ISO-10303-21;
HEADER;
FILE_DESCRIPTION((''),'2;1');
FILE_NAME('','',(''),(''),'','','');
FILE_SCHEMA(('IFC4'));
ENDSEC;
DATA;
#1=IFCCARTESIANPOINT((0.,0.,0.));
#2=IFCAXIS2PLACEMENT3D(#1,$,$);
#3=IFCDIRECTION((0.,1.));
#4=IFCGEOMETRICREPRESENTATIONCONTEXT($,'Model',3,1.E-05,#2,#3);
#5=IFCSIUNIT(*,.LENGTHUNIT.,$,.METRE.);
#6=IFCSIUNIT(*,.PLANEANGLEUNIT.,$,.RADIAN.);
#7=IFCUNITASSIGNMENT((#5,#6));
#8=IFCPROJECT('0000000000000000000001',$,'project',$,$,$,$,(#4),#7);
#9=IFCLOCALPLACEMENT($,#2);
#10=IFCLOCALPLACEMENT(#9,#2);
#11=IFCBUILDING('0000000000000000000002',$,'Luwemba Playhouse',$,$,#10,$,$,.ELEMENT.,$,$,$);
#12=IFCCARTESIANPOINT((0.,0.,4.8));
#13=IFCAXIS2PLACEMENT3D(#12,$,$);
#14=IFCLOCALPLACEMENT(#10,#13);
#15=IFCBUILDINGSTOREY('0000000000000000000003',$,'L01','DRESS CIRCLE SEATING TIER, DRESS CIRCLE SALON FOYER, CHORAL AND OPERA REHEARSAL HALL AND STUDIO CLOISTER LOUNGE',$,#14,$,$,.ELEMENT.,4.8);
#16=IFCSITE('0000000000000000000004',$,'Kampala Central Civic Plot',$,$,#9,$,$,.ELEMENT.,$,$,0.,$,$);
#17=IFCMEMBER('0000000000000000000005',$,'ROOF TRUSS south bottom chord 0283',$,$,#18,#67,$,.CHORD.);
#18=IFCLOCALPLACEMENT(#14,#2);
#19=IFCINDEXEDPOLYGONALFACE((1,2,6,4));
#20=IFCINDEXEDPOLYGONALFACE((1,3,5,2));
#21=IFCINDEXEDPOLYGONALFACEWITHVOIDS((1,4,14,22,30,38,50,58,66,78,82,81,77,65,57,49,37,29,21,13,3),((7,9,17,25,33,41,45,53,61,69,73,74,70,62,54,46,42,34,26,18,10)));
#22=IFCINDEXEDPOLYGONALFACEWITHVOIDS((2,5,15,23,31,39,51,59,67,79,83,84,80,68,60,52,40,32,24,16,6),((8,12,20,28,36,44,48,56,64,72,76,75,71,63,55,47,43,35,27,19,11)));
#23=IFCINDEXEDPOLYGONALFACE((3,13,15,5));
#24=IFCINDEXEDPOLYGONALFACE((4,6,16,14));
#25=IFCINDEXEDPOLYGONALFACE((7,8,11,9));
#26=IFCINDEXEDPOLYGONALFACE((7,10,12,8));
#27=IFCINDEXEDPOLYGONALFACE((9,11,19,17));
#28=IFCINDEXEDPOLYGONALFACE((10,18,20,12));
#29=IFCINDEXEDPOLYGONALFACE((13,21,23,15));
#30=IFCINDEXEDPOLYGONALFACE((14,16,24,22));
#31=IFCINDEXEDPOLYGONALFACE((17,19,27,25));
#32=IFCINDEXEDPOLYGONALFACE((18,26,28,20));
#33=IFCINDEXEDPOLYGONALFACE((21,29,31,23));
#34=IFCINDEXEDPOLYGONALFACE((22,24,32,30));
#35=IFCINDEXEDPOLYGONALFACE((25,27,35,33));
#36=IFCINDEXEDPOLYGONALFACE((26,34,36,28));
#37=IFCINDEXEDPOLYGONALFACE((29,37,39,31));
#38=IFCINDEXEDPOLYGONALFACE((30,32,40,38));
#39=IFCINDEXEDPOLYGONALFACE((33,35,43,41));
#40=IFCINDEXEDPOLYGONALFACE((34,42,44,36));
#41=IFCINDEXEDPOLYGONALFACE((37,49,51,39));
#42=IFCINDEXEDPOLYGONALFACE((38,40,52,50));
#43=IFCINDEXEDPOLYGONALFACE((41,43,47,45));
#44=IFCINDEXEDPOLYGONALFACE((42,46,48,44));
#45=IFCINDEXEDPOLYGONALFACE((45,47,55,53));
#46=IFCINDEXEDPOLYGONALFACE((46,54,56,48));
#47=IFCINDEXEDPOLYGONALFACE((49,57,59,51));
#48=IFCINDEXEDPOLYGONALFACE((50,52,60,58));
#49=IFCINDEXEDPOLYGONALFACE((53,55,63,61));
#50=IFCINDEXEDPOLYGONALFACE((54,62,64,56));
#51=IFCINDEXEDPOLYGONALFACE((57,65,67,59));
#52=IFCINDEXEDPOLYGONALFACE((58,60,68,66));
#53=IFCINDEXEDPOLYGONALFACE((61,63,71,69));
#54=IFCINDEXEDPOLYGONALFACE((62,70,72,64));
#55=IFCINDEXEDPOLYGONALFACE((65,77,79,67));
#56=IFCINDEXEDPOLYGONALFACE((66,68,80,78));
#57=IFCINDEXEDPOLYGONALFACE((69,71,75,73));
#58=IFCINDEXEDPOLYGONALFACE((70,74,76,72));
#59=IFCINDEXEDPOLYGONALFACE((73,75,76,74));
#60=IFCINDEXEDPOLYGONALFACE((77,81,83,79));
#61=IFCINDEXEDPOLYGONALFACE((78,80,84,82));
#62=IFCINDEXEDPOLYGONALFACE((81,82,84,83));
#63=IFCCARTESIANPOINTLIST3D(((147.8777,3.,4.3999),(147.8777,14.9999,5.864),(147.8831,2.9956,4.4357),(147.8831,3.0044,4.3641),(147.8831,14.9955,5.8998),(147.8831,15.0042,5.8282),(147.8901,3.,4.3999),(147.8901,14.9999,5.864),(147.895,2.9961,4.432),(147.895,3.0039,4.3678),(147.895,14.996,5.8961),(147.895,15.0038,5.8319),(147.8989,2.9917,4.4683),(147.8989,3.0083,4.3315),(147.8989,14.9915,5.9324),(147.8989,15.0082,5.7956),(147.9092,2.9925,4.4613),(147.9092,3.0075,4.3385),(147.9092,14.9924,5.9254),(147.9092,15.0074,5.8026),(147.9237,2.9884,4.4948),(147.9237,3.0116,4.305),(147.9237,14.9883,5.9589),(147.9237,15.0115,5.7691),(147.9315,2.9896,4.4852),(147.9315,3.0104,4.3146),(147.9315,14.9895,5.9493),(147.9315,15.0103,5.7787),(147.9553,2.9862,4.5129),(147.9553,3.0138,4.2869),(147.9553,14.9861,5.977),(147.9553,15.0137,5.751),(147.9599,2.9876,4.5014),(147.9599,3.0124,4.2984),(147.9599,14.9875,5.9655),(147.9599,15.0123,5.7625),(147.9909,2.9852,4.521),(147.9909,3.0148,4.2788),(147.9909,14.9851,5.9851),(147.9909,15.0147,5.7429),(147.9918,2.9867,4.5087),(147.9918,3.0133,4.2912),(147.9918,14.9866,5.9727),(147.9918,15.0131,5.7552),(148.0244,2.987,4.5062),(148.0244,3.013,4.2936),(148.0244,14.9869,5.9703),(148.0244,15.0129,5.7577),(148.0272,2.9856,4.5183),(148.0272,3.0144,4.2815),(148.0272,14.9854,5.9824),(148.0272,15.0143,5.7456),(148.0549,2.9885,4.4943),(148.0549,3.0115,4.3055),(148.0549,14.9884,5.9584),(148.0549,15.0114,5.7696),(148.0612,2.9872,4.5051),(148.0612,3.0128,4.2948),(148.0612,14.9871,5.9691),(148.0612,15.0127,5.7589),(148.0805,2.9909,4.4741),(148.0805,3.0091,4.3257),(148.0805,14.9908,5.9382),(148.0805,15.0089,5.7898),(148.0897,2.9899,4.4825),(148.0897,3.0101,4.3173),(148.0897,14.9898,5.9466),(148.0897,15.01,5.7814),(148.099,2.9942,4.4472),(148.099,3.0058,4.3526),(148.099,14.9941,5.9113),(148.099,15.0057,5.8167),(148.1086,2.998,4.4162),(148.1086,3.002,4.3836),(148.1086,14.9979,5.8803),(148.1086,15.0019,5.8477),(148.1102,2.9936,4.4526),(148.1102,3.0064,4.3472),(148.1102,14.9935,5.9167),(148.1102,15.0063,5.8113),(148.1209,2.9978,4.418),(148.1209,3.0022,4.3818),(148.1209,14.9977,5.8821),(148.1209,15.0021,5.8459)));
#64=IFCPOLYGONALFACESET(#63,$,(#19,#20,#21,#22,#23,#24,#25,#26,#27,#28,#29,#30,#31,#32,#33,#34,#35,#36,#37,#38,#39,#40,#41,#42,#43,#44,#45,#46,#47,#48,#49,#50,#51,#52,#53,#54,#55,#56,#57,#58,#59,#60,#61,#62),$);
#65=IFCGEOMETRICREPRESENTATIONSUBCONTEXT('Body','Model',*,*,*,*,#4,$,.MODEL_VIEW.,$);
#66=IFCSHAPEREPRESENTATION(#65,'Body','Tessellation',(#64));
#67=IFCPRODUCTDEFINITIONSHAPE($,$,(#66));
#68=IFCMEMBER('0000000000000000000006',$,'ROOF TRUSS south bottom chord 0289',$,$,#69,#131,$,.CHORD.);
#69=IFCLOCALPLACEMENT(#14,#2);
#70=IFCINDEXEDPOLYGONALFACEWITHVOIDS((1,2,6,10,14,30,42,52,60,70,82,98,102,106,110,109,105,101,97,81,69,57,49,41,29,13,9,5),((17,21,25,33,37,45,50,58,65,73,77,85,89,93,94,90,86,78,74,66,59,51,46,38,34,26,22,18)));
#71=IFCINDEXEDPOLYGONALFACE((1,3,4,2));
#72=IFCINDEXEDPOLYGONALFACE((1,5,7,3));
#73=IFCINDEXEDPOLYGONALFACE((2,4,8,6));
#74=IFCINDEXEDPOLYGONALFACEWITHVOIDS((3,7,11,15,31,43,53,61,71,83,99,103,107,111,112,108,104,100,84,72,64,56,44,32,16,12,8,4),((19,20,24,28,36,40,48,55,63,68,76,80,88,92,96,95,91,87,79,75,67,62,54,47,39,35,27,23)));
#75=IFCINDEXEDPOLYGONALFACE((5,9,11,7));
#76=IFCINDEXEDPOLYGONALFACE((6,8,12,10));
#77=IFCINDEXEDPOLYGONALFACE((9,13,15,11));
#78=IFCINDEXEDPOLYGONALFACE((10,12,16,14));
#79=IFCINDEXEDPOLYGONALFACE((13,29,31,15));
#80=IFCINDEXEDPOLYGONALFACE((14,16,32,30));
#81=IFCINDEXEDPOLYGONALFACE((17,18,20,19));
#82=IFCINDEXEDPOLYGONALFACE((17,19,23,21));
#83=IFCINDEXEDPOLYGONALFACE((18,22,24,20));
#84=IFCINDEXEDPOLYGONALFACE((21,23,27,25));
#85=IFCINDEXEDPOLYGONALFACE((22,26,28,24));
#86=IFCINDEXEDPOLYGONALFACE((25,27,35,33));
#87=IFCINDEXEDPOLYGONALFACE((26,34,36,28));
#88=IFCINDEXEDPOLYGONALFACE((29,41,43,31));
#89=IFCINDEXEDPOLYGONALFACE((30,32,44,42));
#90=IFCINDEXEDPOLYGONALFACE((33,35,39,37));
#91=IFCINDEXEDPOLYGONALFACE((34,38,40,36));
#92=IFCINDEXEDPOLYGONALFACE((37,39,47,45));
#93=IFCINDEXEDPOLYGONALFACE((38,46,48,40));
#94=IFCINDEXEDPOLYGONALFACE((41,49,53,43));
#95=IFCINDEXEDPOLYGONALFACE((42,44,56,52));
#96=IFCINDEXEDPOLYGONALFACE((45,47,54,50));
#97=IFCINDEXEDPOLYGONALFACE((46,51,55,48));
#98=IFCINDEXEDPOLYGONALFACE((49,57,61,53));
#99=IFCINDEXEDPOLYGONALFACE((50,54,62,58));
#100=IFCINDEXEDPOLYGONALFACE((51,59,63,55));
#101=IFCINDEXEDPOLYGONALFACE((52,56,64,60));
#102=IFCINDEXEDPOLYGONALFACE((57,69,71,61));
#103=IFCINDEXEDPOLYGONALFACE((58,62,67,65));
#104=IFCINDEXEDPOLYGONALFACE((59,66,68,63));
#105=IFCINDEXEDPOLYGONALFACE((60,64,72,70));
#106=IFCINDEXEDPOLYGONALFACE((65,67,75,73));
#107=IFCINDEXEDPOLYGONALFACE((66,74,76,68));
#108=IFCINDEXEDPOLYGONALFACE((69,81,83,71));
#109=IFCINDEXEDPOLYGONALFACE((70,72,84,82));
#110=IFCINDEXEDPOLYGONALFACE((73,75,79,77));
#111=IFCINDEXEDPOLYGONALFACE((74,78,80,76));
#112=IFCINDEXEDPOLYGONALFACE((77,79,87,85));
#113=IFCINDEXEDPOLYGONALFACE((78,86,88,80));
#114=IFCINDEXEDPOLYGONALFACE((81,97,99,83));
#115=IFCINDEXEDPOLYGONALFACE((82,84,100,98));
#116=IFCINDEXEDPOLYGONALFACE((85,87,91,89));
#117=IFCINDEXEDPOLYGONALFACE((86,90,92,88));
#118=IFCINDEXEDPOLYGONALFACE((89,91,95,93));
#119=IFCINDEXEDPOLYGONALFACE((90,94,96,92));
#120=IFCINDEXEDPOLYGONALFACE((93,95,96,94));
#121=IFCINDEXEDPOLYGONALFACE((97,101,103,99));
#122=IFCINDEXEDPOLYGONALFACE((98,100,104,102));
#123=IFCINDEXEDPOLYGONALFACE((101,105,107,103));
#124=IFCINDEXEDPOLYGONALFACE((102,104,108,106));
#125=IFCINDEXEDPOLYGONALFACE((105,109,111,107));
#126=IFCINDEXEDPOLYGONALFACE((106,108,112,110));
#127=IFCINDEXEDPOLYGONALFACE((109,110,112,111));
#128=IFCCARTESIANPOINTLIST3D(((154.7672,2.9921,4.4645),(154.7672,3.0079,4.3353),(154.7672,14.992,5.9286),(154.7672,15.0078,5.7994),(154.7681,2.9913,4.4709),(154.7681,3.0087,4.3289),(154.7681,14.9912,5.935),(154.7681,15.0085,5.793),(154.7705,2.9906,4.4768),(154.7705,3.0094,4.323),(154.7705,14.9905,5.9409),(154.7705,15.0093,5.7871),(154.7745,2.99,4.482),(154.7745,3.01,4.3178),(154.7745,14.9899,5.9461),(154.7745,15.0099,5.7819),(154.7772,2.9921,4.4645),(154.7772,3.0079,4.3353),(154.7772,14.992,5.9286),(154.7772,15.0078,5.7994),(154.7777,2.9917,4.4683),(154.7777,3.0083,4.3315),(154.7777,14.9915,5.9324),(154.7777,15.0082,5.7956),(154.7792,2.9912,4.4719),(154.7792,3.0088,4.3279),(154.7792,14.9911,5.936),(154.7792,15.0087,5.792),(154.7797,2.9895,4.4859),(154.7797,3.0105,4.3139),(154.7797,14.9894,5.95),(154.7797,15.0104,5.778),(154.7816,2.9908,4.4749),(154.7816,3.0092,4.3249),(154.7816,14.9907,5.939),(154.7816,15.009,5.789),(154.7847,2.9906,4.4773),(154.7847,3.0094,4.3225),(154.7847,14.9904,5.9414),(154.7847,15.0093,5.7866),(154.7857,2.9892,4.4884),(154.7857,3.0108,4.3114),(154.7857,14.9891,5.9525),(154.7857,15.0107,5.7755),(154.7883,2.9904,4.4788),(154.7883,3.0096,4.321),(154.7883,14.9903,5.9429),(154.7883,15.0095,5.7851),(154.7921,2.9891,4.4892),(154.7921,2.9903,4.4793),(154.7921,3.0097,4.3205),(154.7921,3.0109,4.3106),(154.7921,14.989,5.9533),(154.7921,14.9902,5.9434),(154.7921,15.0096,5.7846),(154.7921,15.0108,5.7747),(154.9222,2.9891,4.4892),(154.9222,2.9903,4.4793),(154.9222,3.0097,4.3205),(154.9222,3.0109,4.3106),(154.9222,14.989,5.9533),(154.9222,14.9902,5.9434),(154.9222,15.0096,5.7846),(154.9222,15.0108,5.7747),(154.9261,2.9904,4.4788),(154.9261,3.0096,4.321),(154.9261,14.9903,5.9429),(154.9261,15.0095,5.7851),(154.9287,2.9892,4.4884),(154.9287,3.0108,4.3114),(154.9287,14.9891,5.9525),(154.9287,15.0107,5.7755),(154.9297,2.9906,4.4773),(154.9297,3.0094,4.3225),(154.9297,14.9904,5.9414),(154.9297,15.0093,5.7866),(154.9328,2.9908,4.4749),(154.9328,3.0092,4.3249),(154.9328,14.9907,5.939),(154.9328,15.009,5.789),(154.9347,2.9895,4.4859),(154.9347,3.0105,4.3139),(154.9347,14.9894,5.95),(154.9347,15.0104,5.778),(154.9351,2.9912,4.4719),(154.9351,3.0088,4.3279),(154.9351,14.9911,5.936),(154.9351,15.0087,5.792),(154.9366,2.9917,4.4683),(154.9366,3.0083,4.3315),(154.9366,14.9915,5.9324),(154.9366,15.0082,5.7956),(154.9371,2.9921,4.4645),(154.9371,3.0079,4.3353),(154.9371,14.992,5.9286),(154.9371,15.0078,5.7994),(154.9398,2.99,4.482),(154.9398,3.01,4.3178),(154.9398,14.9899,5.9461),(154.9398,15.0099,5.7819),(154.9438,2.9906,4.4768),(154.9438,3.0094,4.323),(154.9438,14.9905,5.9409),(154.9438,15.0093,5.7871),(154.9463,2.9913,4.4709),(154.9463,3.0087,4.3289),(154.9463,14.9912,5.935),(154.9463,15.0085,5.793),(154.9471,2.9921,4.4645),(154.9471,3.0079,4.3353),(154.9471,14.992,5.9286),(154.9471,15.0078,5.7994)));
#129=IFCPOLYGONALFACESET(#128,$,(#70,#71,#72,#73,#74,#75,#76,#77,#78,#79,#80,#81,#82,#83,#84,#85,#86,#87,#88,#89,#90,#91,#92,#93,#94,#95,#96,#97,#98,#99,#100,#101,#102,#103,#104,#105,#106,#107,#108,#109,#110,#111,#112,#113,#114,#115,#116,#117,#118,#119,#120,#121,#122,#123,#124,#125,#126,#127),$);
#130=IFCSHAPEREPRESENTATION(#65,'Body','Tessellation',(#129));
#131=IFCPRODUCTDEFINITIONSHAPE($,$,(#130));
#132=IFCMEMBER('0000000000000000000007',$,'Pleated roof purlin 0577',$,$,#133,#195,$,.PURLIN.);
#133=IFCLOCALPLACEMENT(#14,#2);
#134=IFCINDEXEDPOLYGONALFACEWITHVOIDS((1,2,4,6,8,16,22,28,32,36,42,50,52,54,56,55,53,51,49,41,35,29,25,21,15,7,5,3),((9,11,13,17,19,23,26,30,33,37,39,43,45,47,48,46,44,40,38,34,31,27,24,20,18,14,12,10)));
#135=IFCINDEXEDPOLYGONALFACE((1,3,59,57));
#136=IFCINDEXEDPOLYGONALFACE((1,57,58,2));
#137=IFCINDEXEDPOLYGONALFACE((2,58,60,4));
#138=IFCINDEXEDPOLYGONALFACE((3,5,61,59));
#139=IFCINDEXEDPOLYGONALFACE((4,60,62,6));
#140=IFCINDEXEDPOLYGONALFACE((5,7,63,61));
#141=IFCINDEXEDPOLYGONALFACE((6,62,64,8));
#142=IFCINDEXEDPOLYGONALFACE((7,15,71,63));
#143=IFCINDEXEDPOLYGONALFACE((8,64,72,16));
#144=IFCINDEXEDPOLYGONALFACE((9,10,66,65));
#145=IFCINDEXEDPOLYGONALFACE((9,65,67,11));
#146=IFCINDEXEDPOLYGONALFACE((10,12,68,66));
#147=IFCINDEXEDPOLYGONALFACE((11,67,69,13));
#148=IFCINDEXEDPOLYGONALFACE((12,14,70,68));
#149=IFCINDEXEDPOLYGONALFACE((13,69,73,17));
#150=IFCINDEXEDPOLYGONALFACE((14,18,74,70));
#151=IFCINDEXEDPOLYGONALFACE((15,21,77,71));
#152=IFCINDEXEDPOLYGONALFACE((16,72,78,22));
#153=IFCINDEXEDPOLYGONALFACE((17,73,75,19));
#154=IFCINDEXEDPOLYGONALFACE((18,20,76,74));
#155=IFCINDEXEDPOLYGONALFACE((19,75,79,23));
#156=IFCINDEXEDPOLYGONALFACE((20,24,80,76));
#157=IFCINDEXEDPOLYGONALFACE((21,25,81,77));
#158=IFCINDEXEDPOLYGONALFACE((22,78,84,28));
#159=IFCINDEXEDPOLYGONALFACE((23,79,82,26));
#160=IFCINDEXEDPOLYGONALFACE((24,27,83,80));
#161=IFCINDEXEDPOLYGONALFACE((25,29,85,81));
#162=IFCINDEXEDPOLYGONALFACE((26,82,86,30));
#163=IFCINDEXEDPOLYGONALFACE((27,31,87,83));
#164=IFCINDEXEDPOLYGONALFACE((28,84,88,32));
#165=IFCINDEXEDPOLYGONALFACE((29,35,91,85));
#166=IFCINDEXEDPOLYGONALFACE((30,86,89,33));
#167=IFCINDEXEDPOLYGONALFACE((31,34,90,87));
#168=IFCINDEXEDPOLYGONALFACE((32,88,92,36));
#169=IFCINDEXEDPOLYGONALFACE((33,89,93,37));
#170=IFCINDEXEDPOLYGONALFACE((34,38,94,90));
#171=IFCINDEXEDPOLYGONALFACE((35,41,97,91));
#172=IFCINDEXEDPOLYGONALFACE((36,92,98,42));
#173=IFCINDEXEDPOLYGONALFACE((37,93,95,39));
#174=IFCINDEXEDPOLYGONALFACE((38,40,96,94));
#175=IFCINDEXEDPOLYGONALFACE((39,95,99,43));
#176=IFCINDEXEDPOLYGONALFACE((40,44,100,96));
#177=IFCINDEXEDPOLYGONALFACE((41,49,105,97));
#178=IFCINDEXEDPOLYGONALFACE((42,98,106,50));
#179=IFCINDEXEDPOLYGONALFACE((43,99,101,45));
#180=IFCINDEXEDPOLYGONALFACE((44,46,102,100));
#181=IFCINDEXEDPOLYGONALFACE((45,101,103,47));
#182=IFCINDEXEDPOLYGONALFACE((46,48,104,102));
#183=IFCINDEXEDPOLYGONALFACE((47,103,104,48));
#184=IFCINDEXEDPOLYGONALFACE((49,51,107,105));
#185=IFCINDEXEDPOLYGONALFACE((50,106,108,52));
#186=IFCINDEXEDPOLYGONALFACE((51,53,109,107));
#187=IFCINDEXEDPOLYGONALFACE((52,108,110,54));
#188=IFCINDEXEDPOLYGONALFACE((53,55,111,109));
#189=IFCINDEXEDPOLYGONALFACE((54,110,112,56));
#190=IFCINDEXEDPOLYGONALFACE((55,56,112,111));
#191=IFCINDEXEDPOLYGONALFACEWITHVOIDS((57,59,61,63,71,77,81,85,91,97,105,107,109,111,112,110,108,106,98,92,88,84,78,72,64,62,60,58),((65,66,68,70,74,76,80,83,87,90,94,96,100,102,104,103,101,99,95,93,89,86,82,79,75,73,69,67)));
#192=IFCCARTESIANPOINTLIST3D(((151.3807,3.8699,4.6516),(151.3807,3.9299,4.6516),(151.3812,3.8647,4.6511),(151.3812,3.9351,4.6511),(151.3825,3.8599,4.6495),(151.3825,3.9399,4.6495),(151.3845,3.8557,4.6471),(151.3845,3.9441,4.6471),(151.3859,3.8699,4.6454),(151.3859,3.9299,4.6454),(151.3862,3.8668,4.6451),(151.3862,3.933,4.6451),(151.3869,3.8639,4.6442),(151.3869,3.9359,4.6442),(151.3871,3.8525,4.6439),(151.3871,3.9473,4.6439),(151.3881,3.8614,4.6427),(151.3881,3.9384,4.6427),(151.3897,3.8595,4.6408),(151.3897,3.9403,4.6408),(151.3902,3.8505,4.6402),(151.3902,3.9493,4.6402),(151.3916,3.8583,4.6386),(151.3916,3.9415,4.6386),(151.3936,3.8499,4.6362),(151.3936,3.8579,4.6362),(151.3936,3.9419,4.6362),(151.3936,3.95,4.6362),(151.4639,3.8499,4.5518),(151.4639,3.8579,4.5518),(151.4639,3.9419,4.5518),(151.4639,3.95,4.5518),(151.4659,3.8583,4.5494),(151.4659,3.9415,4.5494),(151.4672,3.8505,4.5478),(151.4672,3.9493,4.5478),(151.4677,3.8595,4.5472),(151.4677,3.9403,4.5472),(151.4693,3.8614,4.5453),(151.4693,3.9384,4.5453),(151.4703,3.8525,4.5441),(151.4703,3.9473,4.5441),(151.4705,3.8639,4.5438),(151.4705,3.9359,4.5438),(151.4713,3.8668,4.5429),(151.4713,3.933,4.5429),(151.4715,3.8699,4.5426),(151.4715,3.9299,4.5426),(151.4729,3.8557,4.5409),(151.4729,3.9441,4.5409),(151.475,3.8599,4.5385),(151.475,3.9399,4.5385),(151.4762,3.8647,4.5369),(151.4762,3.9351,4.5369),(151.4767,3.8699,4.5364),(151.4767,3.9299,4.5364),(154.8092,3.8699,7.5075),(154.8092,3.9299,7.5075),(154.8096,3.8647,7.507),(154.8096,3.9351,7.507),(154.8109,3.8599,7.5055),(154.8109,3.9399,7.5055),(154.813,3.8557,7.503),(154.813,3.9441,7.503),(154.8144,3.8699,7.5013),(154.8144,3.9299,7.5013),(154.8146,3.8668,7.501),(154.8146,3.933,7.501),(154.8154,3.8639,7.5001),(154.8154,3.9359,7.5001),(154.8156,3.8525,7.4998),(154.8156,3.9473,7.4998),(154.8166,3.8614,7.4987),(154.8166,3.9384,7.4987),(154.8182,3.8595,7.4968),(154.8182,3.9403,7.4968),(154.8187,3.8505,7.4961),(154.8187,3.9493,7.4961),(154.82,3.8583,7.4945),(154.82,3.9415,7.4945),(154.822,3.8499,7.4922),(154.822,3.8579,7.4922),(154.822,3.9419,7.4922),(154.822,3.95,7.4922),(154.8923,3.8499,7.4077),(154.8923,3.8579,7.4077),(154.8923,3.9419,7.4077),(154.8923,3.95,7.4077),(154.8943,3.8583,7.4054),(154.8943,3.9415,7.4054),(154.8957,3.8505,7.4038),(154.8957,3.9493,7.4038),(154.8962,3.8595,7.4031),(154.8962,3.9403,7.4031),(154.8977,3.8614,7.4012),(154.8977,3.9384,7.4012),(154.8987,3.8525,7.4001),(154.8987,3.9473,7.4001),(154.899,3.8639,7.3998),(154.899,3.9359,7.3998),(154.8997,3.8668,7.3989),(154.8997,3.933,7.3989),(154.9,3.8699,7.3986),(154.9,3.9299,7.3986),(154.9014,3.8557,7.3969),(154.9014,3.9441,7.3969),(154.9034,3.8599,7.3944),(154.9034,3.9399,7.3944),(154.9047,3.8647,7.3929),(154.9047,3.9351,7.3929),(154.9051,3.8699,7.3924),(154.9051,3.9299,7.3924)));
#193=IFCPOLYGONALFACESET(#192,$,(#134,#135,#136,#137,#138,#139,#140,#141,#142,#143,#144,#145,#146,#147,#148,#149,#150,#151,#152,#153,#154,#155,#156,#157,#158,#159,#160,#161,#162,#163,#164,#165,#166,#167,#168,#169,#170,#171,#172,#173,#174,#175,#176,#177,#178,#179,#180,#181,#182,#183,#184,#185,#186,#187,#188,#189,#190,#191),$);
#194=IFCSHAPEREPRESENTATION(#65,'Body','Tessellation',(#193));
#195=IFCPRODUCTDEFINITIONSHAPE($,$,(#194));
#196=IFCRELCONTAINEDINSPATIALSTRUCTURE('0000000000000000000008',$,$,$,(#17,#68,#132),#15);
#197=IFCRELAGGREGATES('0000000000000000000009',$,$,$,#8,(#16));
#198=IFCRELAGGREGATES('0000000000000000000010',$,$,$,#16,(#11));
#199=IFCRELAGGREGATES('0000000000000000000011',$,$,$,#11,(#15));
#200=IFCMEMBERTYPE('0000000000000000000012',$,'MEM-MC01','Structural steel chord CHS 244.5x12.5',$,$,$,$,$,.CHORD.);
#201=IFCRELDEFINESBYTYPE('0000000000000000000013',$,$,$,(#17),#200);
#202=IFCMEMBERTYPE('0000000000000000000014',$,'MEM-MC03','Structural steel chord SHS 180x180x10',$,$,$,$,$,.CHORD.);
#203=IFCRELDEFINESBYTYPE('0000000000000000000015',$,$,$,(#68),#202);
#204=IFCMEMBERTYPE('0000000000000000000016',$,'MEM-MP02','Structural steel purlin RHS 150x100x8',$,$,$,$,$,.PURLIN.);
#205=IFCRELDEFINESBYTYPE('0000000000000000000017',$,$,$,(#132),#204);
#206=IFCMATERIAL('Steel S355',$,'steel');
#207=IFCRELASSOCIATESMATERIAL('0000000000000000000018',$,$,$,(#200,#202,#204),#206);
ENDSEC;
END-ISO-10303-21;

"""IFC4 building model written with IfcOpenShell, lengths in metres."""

from ifc_helpers import new_model, si_unit, direction, frame, origin, origin_2d, place, context, subcontext, project, spatial, hollow_rectangle, hollow_circle, extrude, material, material_profile, profile_set, type_object, element, save


model = new_model("IFC4")

# Units and contexts
model_context = context("Model", 3, precision=1e-05, world=origin(), true_north=direction((0.0, 1.0)))
body_context = subcontext(model_context, "Body", "Model", "MODEL_VIEW")
ifc_project = project(units=[si_unit("LENGTHUNIT", "METRE"), si_unit("PLANEANGLEUNIT", "RADIAN")], contexts=[model_context])

# Site, building, storey
site_placement = place(None, origin())
site = spatial("IfcSite", under=ifc_project, at=site_placement, Name="Kampala Central Civic Plot", CompositionType="ELEMENT", RefElevation=0.0)
building_placement = place(site_placement, origin())
building = spatial("IfcBuilding", under=site, at=building_placement, Name="Luwemba Playhouse", CompositionType="ELEMENT")
storey_placement = place(building_placement, frame((0.0, 0.0, 4.8)))
storey = spatial("IfcBuildingStorey", under=building, at=storey_placement, Name="L01", Description="DRESS CIRCLE SEATING TIER, DRESS CIRCLE SALON FOYER, CHORAL AND OPERA REHEARSAL HALL AND STUDIO CLOISTER LOUNGE", CompositionType="ELEMENT", Elevation=4.8)

# Shared definitions
ifc_material_1 = material(Name="Steel S355", Category="steel")

# Members
ifc_material_profile_1 = material_profile(ifc_material_1, hollow_circle(Radius=0.1223, WallThickness=0.0125, at=origin_2d()))
ifc_profile_set_1 = profile_set([ifc_material_profile_1], Name="Steel S355")
member_type_1 = type_object("IfcMemberType", Name="MEM-MC01", Description="Structural steel chord CHS 244.5x12.5", PredefinedType="CHORD", material=ifc_profile_set_1)
member_1_placement = place(storey_placement, frame((148.0, 3.0, 4.3999), z_axis=(0.0, 0.992639, 0.121111), x_axis=(-1.0, 0.0, 0.0)))
element("IfcMember", 1, at=member_1_placement, inside=storey, type_object=member_type_1, Name="ROOF TRUSS south bottom chord 0283", PredefinedType="CHORD", context=body_context, shape_type="SweptSolid", body=[
    extrude(hollow_circle(Radius=0.1223, WallThickness=0.0125, at=origin_2d()), origin(), (0.0, 0.0, 1.0), 12.0889),
])
ifc_material_profile_2 = material_profile(ifc_material_1, hollow_rectangle(XDim=0.1799, YDim=0.1799, WallThickness=0.01, InnerFilletRadius=0.0149, OuterFilletRadius=0.0249, at=origin_2d()))
ifc_profile_set_2 = profile_set([ifc_material_profile_2], Name="Steel S355")
member_type_2 = type_object("IfcMemberType", Name="MEM-MC03", Description="Structural steel chord SHS 180x180x10", PredefinedType="CHORD", material=ifc_profile_set_2)
member_2_placement = place(storey_placement, frame((154.8572, 3.0, 4.3999), z_axis=(0.0, 0.992639, 0.121111), x_axis=(-1.0, 0.0, 0.0)))
element("IfcMember", 2, at=member_2_placement, inside=storey, type_object=member_type_2, Name="ROOF TRUSS south bottom chord 0289", PredefinedType="CHORD", context=body_context, shape_type="SweptSolid", body=[
    extrude(hollow_rectangle(XDim=0.1799, YDim=0.1799, WallThickness=0.01, InnerFilletRadius=0.0149, OuterFilletRadius=0.0249, at=origin_2d()), origin(), (0.0, 0.0, 1.0), 12.0889),
])
ifc_material_profile_3 = material_profile(ifc_material_1, hollow_rectangle(XDim=0.1001, YDim=0.1499, WallThickness=0.0081, InnerFilletRadius=0.012, OuterFilletRadius=0.02, at=origin_2d()))
ifc_profile_set_3 = profile_set([ifc_material_profile_3], Name="Steel S355")
member_type_3 = type_object("IfcMemberType", Name="MEM-MP02", Description="Structural steel purlin RHS 150x100x8", PredefinedType="PURLIN", material=ifc_profile_set_3)
member_3_placement = place(storey_placement, frame((151.4287, 3.8999, 4.594), z_axis=(0.768342, 0.0, 0.640039), x_axis=(0.0, 1.0, 0.0)))
element("IfcMember", 3, at=member_3_placement, inside=storey, type_object=member_type_3, Name="Pleated roof purlin 0577", PredefinedType="PURLIN", context=body_context, shape_type="SweptSolid", body=[
    extrude(hollow_rectangle(XDim=0.1001, YDim=0.1499, WallThickness=0.0081, InnerFilletRadius=0.012, OuterFilletRadius=0.02, at=origin_2d()), origin(), (0.0, 0.0, 1.0), 4.4622),
])

save(model, "model.ifc")
